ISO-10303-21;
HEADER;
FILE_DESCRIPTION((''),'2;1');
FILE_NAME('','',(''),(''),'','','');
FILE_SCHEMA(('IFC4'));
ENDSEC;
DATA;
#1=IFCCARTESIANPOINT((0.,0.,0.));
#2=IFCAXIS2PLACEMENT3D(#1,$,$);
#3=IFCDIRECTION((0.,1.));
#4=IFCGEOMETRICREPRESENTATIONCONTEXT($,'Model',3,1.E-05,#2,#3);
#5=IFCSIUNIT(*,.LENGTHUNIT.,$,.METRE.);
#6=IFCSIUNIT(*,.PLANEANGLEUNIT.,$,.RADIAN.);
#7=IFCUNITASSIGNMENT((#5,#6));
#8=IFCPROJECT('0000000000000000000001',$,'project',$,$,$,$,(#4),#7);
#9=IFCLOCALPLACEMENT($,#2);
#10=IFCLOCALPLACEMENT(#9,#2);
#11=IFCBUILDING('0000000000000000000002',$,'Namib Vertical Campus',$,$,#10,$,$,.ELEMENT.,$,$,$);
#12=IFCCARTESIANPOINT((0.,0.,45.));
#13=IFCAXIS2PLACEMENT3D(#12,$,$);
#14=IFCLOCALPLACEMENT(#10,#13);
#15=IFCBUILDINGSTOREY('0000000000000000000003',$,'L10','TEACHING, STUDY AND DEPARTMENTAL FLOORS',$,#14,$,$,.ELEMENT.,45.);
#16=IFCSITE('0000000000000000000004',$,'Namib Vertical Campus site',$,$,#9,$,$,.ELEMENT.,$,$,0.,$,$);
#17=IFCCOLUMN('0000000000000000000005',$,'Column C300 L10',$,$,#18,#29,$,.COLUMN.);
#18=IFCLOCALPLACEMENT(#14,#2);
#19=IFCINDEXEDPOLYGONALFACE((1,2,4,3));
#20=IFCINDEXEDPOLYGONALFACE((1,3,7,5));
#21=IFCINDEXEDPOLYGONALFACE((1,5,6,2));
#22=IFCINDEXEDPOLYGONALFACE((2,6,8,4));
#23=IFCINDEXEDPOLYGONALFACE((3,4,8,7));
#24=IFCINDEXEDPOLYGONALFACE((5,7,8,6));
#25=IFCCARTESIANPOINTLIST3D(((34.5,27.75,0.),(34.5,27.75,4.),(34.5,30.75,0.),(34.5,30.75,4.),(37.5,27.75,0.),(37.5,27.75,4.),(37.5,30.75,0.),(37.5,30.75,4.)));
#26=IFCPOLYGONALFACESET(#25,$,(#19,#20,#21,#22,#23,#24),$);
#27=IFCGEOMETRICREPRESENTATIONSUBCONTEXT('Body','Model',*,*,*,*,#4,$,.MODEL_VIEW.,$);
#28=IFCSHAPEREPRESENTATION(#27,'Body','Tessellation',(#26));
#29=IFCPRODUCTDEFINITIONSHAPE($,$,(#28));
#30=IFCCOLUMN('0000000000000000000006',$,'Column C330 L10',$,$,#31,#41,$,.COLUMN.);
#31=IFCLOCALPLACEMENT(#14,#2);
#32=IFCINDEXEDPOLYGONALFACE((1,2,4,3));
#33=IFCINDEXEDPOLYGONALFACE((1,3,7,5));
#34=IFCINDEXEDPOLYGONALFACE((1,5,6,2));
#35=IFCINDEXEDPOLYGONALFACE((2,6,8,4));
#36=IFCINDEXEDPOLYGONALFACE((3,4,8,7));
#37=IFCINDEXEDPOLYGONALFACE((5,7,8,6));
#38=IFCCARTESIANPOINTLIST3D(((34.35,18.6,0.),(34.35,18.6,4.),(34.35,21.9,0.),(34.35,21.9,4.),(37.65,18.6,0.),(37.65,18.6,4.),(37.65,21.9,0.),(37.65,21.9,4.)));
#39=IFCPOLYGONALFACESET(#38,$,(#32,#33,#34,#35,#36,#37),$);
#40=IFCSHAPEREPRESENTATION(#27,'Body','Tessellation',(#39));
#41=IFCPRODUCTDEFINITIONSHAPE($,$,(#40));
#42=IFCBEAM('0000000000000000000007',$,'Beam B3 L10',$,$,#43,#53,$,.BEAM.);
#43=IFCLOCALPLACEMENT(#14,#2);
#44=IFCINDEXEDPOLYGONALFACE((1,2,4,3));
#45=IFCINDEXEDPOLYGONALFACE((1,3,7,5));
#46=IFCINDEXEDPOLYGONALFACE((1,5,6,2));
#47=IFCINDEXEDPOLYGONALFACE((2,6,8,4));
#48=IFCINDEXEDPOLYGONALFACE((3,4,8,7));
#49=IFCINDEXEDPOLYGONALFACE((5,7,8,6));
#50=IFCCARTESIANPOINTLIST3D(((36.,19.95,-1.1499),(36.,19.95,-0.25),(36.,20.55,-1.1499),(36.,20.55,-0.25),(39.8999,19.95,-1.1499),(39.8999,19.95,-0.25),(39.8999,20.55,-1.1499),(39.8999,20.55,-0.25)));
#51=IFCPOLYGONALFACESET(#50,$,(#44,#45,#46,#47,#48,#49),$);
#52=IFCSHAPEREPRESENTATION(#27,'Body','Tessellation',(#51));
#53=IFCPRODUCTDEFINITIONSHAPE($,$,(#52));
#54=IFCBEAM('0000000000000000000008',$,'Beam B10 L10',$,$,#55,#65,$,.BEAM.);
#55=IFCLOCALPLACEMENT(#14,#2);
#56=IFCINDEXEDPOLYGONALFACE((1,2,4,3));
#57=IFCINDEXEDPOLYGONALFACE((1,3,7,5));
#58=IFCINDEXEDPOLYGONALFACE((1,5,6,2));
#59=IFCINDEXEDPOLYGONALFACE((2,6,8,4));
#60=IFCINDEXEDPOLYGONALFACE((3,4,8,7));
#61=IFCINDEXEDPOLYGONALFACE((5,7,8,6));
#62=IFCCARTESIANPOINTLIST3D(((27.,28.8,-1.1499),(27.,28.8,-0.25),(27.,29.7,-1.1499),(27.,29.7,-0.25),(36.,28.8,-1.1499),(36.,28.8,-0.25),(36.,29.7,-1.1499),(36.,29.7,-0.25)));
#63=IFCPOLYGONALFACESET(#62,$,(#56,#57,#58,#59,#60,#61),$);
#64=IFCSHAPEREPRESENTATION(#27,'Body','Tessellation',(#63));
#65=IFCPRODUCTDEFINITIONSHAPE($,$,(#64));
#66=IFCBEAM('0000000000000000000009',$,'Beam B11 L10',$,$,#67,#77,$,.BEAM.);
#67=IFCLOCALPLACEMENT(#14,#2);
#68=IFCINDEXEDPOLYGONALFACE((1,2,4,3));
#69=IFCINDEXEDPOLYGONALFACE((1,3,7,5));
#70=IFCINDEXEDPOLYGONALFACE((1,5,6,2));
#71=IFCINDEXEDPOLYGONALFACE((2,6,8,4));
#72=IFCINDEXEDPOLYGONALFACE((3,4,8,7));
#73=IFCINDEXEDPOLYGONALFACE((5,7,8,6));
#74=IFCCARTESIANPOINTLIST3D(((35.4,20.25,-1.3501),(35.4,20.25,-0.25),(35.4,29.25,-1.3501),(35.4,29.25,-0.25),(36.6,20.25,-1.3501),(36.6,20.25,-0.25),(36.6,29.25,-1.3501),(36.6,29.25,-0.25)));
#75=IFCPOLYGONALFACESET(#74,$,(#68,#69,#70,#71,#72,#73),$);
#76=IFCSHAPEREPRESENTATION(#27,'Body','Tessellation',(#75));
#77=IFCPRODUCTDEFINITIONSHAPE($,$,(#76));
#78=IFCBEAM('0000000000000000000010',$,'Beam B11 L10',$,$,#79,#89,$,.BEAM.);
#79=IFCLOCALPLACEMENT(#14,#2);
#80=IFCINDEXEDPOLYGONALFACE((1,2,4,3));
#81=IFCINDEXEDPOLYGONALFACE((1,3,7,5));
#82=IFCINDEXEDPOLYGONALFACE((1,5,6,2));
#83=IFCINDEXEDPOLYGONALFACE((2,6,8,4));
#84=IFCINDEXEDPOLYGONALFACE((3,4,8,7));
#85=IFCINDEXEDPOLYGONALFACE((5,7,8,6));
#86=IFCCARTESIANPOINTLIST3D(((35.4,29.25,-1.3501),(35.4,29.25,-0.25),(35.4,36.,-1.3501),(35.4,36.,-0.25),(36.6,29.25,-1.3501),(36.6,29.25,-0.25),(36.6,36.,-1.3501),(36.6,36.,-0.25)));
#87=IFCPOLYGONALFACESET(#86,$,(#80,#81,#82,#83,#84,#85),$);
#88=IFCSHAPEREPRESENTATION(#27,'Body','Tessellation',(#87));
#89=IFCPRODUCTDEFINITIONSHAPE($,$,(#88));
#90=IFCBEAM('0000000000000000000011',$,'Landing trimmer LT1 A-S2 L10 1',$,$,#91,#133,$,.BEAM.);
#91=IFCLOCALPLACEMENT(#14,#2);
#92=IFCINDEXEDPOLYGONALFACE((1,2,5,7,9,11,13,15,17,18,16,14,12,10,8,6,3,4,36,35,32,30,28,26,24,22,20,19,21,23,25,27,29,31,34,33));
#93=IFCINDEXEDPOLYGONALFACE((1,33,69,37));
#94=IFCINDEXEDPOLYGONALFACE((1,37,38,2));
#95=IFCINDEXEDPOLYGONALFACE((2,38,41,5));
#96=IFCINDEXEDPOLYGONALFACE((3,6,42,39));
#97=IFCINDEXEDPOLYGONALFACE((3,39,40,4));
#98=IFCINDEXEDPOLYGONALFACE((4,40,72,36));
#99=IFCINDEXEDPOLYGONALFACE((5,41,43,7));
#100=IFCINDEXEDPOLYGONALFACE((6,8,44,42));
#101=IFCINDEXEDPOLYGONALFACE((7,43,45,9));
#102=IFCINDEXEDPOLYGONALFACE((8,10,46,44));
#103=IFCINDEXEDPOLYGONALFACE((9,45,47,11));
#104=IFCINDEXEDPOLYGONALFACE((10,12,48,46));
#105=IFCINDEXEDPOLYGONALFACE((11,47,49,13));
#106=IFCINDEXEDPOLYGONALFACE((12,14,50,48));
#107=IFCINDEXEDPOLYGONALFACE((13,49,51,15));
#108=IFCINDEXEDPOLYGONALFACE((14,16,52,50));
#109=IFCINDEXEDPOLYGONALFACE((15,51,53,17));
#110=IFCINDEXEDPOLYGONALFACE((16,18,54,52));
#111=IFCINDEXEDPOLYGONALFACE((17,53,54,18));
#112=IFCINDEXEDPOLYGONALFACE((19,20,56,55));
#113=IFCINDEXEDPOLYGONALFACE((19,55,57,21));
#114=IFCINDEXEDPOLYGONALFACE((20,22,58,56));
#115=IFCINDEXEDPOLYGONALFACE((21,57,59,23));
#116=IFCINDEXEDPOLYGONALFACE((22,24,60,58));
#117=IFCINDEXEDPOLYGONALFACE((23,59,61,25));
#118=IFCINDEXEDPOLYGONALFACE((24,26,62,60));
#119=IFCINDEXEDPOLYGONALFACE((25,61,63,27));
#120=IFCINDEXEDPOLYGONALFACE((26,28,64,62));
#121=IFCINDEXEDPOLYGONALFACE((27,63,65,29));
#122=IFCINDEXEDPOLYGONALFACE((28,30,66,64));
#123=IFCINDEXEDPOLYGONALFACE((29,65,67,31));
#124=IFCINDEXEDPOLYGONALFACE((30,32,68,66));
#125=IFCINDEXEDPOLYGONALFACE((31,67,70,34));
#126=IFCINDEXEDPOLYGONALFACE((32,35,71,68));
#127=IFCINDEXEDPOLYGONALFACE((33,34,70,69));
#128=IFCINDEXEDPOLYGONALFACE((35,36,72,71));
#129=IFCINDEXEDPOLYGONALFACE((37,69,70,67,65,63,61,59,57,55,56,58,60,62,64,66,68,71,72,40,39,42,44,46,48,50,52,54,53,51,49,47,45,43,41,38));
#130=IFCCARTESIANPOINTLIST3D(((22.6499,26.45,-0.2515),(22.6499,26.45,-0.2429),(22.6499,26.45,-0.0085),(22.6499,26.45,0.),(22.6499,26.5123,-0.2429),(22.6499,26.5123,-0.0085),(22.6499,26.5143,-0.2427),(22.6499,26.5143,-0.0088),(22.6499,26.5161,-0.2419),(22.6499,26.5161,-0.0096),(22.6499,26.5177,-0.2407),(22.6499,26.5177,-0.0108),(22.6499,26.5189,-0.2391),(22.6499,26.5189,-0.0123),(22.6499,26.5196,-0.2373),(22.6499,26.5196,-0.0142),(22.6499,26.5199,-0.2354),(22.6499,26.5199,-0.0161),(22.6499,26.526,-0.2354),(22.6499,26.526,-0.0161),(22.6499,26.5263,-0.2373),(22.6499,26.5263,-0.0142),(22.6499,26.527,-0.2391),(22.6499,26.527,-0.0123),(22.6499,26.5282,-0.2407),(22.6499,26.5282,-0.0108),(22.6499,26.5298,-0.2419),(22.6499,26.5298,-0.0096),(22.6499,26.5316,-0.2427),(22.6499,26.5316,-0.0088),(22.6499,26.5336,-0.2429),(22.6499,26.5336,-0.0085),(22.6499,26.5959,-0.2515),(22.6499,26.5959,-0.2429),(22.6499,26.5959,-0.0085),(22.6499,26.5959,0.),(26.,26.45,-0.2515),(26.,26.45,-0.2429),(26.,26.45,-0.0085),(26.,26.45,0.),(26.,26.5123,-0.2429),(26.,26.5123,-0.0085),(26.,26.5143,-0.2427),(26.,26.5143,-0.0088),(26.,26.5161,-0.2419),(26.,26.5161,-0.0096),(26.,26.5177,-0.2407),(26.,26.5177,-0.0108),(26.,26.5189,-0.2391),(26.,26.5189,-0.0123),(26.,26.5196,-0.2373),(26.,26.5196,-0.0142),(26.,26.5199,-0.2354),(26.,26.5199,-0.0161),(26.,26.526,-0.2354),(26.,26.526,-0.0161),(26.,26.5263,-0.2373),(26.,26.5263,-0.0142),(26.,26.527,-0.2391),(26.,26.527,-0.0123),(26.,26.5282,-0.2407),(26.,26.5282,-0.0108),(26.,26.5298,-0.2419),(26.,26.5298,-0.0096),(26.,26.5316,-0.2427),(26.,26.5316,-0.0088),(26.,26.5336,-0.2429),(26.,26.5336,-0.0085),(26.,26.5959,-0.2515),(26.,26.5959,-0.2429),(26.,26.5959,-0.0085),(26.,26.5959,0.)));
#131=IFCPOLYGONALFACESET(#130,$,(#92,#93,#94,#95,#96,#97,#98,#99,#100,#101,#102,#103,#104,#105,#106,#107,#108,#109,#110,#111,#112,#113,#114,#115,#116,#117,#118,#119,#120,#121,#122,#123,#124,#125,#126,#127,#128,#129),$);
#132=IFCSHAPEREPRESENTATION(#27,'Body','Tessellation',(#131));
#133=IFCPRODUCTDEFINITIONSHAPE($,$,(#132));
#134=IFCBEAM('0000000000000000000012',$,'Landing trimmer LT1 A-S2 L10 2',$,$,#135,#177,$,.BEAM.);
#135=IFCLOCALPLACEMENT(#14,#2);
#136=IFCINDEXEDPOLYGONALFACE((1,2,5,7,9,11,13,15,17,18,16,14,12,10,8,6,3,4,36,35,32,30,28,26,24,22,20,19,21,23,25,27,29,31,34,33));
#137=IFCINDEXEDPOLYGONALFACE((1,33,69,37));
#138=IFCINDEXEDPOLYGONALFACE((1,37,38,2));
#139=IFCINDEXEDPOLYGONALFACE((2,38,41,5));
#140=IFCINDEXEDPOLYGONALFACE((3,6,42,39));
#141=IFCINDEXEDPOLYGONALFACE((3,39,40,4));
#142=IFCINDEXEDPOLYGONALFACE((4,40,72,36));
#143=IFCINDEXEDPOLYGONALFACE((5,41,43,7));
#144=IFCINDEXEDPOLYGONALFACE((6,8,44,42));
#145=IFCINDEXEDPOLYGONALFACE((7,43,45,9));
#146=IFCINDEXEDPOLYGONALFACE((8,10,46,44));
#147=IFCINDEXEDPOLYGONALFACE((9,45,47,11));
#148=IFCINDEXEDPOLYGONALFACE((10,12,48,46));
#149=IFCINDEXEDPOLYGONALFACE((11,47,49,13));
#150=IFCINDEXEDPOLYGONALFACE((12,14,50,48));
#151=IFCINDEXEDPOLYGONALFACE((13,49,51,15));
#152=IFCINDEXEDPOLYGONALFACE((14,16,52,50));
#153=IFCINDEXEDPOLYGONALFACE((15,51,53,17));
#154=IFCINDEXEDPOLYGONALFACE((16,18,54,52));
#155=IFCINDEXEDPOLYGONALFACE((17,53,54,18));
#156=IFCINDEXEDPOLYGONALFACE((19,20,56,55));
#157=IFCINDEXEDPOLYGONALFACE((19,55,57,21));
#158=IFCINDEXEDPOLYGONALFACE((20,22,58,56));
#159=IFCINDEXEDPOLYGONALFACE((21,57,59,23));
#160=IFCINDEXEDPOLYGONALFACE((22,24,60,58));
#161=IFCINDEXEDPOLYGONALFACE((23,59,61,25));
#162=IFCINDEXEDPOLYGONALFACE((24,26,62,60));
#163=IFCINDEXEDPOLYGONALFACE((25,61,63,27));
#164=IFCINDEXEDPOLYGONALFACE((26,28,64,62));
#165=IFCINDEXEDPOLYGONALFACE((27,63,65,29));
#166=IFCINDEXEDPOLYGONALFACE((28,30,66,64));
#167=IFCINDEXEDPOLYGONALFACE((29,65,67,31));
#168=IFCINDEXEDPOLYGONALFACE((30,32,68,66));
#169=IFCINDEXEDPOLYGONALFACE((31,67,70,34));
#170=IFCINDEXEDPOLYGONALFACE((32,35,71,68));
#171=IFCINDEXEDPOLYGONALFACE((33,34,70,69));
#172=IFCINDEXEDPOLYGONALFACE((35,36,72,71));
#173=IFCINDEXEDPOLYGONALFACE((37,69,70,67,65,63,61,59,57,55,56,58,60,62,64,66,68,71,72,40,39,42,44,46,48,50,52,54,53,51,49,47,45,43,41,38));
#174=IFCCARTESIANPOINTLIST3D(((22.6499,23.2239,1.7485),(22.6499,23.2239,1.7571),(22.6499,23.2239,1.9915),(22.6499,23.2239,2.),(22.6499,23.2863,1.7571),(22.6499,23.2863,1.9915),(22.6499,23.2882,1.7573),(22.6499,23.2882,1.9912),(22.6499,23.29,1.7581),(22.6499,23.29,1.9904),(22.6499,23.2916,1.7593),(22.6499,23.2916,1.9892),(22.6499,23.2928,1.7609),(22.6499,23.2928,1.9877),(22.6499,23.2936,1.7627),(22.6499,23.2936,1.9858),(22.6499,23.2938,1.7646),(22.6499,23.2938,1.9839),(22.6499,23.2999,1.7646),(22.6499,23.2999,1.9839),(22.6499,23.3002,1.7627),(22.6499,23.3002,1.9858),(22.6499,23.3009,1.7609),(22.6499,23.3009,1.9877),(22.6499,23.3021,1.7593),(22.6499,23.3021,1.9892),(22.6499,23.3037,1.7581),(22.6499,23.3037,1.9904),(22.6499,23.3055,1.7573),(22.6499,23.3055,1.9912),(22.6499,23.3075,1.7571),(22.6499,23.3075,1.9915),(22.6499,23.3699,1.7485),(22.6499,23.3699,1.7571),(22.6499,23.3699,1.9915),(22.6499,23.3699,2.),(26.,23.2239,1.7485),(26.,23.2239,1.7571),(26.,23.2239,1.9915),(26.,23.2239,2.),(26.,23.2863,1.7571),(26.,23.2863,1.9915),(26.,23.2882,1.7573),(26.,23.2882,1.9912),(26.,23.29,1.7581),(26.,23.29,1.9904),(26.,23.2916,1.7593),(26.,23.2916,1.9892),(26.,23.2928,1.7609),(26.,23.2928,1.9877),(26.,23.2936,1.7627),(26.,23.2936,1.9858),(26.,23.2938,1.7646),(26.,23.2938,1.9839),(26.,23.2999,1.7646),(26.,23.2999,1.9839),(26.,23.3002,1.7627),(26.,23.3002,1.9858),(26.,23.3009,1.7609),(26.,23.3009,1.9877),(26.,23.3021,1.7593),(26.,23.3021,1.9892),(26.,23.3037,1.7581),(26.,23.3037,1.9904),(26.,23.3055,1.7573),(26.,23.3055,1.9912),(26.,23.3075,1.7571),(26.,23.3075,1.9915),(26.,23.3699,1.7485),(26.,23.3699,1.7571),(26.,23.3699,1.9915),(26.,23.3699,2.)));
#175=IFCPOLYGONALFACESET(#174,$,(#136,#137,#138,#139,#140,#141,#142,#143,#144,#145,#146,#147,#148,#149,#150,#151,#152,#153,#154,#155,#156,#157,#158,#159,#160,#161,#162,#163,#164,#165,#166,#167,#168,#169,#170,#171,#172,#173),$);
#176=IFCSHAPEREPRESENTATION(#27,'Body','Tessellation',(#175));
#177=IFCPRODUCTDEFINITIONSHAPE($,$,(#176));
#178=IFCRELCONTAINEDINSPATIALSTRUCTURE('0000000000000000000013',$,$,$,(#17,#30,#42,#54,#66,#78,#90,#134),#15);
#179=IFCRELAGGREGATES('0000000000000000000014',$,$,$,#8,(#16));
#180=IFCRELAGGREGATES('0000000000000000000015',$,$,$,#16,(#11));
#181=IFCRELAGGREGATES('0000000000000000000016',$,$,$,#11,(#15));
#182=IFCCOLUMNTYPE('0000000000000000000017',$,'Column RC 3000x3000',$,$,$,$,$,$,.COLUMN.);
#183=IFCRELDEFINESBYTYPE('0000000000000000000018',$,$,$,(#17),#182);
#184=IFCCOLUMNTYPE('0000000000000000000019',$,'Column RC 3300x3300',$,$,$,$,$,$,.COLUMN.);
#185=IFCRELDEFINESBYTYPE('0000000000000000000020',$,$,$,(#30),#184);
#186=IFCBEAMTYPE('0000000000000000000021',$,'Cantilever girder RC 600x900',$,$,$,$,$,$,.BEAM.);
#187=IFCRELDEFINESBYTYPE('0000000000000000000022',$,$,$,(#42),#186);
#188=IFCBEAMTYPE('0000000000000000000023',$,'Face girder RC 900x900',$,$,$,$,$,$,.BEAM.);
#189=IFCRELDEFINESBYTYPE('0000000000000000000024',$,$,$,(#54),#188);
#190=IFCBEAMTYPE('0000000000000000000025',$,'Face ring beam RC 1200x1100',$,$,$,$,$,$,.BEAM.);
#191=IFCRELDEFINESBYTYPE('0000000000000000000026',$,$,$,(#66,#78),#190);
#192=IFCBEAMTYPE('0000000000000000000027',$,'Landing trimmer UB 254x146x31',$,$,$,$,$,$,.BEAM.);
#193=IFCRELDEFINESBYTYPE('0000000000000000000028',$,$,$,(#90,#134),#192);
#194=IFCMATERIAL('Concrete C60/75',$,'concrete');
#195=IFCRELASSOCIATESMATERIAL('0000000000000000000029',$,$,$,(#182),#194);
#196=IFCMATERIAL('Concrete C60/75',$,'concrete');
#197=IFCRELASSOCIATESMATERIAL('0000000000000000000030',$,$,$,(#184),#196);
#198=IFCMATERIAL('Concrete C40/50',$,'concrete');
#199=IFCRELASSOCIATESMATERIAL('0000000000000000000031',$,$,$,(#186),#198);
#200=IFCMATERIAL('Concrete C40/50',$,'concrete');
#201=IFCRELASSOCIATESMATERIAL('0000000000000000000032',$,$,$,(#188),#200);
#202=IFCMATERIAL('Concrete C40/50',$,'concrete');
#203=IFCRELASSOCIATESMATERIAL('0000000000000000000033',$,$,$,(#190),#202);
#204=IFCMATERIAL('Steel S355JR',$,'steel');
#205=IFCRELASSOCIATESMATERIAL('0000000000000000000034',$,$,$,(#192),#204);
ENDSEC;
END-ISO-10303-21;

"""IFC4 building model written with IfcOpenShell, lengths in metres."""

from ifc_helpers import new_model, si_unit, direction, frame, origin, origin_2d, place, context, subcontext, project, spatial, rectangle, i_section, extrude, material, material_profile, profile_set, type_object, element, save


model = new_model("IFC4")

# Units and contexts
model_context = context("Model", 3, precision=1e-05, world=origin(), true_north=direction((0.0, 1.0)))
body_context = subcontext(model_context, "Body", "Model", "MODEL_VIEW")
ifc_project = project(units=[si_unit("LENGTHUNIT", "METRE"), si_unit("PLANEANGLEUNIT", "RADIAN")], contexts=[model_context])

# Site, building, storey
site_placement = place(None, origin())
site = spatial("IfcSite", under=ifc_project, at=site_placement, Name="Namib Vertical Campus site", CompositionType="ELEMENT", RefElevation=0.0)
building_placement = place(site_placement, origin())
building = spatial("IfcBuilding", under=site, at=building_placement, Name="Namib Vertical Campus", CompositionType="ELEMENT")
storey_placement = place(building_placement, frame((0.0, 0.0, 45.0)))
storey = spatial("IfcBuildingStorey", under=building, at=storey_placement, Name="L10", Description="TEACHING, STUDY AND DEPARTMENTAL FLOORS", CompositionType="ELEMENT", Elevation=45.0)

# Columns
ifc_material_1 = material(Name="Concrete C60/75", Category="concrete")
ifc_material_profile_1 = material_profile(ifc_material_1, rectangle(XDim=3.0, YDim=3.0, at=origin_2d()))
ifc_profile_set_1 = profile_set([ifc_material_profile_1], Name="Concrete C60/75")
column_type_1 = type_object("IfcColumnType", Name="Column RC 3000x3000", PredefinedType="COLUMN", material=ifc_profile_set_1)
column_1_placement = place(storey_placement, frame((36.0, 29.25, 0.0), z_axis=(0.0, 0.0, 1.0), x_axis=(1.0, 0.0, 0.0)))
element("IfcColumn", 1, at=column_1_placement, inside=storey, type_object=column_type_1, Name="Column C300 L10", PredefinedType="COLUMN", context=body_context, shape_type="SweptSolid", body=[
    extrude(rectangle(XDim=3.0, YDim=3.0, at=origin_2d()), origin(), (0.0, 0.0, 1.0), 4.0),
])
ifc_material_2 = material(Name="Concrete C60/75", Category="concrete")
ifc_material_profile_2 = material_profile(ifc_material_2, rectangle(XDim=3.3, YDim=3.3, at=origin_2d()))
ifc_profile_set_2 = profile_set([ifc_material_profile_2], Name="Concrete C60/75")
column_type_2 = type_object("IfcColumnType", Name="Column RC 3300x3300", PredefinedType="COLUMN", material=ifc_profile_set_2)
column_2_placement = place(storey_placement, frame((36.0, 20.25, 0.0), z_axis=(0.0, 0.0, 1.0), x_axis=(1.0, 0.0, 0.0)))
element("IfcColumn", 2, at=column_2_placement, inside=storey, type_object=column_type_2, Name="Column C330 L10", PredefinedType="COLUMN", context=body_context, shape_type="SweptSolid", body=[
    extrude(rectangle(XDim=3.3, YDim=3.3, at=origin_2d()), origin(), (0.0, 0.0, 1.0), 4.0),
])

# Beams
ifc_material_3 = material(Name="Concrete C40/50", Category="concrete")
ifc_material_profile_3 = material_profile(ifc_material_3, rectangle(XDim=0.6001, YDim=0.8999, at=origin_2d()))
ifc_profile_set_3 = profile_set([ifc_material_profile_3], Name="Concrete C40/50")
beam_type_1 = type_object("IfcBeamType", Name="Cantilever girder RC 600x900", PredefinedType="BEAM", material=ifc_profile_set_3)
beam_1_placement = place(storey_placement, frame((36.0, 20.25, -0.7), z_axis=(1.0, 0.0, 0.0), x_axis=(0.0, 1.0, 0.0)))
element("IfcBeam", 3, at=beam_1_placement, inside=storey, type_object=beam_type_1, Name="Beam B3 L10", PredefinedType="BEAM", context=body_context, shape_type="SweptSolid", body=[
    extrude(rectangle(XDim=0.6001, YDim=0.8999, at=origin_2d()), origin(), (0.0, 0.0, 1.0), 3.8999),
])
ifc_material_4 = material(Name="Concrete C40/50", Category="concrete")
ifc_material_profile_4 = material_profile(ifc_material_4, rectangle(XDim=0.8999, YDim=0.8999, at=origin_2d()))
ifc_profile_set_4 = profile_set([ifc_material_profile_4], Name="Concrete C40/50")
beam_type_2 = type_object("IfcBeamType", Name="Face girder RC 900x900", PredefinedType="BEAM", material=ifc_profile_set_4)
beam_2_placement = place(storey_placement, frame((36.0, 29.25, -0.7), z_axis=(-1.0, 0.0, 0.0), x_axis=(0.0, -1.0, 0.0)))
element("IfcBeam", 4, at=beam_2_placement, inside=storey, type_object=beam_type_2, Name="Beam B10 L10", PredefinedType="BEAM", context=body_context, shape_type="SweptSolid", body=[
    extrude(rectangle(XDim=0.8999, YDim=0.8999, at=origin_2d()), origin(), (0.0, 0.0, 1.0), 9.0),
])
ifc_material_5 = material(Name="Concrete C40/50", Category="concrete")
ifc_material_profile_5 = material_profile(ifc_material_5, rectangle(XDim=1.2, YDim=1.1001, at=origin_2d()))
ifc_profile_set_5 = profile_set([ifc_material_profile_5], Name="Concrete C40/50")
beam_type_3 = type_object("IfcBeamType", Name="Face ring beam RC 1200x1100", PredefinedType="BEAM", material=ifc_profile_set_5)
beam_3_placement = place(storey_placement, frame((36.0, 20.25, -0.8), z_axis=(0.0, 1.0, 0.0), x_axis=(-1.0, 0.0, 0.0)))
element("IfcBeam", 5, at=beam_3_placement, inside=storey, type_object=beam_type_3, Name="Beam B11 L10", PredefinedType="BEAM", context=body_context, shape_type="SweptSolid", body=[
    extrude(rectangle(XDim=1.2, YDim=1.1001, at=origin_2d()), origin(), (0.0, 0.0, 1.0), 9.0),
])
beam_4_placement = place(storey_placement, frame((36.0, 29.25, -0.8), z_axis=(0.0, 1.0, 0.0), x_axis=(-1.0, 0.0, 0.0)))
element("IfcBeam", 6, at=beam_4_placement, inside=storey, type_object=beam_type_3, Name="Beam B11 L10", PredefinedType="BEAM", context=body_context, shape_type="SweptSolid", body=[
    extrude(rectangle(XDim=1.2, YDim=1.1001, at=origin_2d()), origin(), (0.0, 0.0, 1.0), 6.75),
])
ifc_material_6 = material(Name="Steel S355JR", Category="steel")
ifc_material_profile_6 = material_profile(ifc_material_6, i_section(OverallWidth=0.146, OverallDepth=0.2515, WebThickness=0.0061, FlangeThickness=0.0085, FilletRadius=0.0076, at=origin_2d()))
ifc_profile_set_6 = profile_set([ifc_material_profile_6], Name="Steel S355JR")
beam_type_4 = type_object("IfcBeamType", Name="Landing trimmer UB 254x146x31", PredefinedType="BEAM", material=ifc_profile_set_6)
for number, where, z_axis, x_axis, name in (
    (7, (22.6499, 26.5229, -0.1257), (1.0, 0.0, 0.0), (0.0, 1.0, 0.0), "Landing trimmer LT1 A-S2 L10 1"),
    (8, (22.6499, 23.2969, 1.8743), (1.0, 0.0, 0.0), (0.0, 1.0, 0.0), "Landing trimmer LT1 A-S2 L10 2"),
):
    element("IfcBeam", number, at=place(storey_placement, frame(where, z_axis=z_axis, x_axis=x_axis)), inside=storey, type_object=beam_type_4, Name=name, PredefinedType="BEAM", context=body_context, shape_type="SweptSolid", body=[
        extrude(i_section(OverallWidth=0.146, OverallDepth=0.2515, WebThickness=0.0061, FlangeThickness=0.0085, FilletRadius=0.0076, at=origin_2d()), origin(), (0.0, 0.0, 1.0), 3.3501),
    ])

save(model, "model.ifc")
